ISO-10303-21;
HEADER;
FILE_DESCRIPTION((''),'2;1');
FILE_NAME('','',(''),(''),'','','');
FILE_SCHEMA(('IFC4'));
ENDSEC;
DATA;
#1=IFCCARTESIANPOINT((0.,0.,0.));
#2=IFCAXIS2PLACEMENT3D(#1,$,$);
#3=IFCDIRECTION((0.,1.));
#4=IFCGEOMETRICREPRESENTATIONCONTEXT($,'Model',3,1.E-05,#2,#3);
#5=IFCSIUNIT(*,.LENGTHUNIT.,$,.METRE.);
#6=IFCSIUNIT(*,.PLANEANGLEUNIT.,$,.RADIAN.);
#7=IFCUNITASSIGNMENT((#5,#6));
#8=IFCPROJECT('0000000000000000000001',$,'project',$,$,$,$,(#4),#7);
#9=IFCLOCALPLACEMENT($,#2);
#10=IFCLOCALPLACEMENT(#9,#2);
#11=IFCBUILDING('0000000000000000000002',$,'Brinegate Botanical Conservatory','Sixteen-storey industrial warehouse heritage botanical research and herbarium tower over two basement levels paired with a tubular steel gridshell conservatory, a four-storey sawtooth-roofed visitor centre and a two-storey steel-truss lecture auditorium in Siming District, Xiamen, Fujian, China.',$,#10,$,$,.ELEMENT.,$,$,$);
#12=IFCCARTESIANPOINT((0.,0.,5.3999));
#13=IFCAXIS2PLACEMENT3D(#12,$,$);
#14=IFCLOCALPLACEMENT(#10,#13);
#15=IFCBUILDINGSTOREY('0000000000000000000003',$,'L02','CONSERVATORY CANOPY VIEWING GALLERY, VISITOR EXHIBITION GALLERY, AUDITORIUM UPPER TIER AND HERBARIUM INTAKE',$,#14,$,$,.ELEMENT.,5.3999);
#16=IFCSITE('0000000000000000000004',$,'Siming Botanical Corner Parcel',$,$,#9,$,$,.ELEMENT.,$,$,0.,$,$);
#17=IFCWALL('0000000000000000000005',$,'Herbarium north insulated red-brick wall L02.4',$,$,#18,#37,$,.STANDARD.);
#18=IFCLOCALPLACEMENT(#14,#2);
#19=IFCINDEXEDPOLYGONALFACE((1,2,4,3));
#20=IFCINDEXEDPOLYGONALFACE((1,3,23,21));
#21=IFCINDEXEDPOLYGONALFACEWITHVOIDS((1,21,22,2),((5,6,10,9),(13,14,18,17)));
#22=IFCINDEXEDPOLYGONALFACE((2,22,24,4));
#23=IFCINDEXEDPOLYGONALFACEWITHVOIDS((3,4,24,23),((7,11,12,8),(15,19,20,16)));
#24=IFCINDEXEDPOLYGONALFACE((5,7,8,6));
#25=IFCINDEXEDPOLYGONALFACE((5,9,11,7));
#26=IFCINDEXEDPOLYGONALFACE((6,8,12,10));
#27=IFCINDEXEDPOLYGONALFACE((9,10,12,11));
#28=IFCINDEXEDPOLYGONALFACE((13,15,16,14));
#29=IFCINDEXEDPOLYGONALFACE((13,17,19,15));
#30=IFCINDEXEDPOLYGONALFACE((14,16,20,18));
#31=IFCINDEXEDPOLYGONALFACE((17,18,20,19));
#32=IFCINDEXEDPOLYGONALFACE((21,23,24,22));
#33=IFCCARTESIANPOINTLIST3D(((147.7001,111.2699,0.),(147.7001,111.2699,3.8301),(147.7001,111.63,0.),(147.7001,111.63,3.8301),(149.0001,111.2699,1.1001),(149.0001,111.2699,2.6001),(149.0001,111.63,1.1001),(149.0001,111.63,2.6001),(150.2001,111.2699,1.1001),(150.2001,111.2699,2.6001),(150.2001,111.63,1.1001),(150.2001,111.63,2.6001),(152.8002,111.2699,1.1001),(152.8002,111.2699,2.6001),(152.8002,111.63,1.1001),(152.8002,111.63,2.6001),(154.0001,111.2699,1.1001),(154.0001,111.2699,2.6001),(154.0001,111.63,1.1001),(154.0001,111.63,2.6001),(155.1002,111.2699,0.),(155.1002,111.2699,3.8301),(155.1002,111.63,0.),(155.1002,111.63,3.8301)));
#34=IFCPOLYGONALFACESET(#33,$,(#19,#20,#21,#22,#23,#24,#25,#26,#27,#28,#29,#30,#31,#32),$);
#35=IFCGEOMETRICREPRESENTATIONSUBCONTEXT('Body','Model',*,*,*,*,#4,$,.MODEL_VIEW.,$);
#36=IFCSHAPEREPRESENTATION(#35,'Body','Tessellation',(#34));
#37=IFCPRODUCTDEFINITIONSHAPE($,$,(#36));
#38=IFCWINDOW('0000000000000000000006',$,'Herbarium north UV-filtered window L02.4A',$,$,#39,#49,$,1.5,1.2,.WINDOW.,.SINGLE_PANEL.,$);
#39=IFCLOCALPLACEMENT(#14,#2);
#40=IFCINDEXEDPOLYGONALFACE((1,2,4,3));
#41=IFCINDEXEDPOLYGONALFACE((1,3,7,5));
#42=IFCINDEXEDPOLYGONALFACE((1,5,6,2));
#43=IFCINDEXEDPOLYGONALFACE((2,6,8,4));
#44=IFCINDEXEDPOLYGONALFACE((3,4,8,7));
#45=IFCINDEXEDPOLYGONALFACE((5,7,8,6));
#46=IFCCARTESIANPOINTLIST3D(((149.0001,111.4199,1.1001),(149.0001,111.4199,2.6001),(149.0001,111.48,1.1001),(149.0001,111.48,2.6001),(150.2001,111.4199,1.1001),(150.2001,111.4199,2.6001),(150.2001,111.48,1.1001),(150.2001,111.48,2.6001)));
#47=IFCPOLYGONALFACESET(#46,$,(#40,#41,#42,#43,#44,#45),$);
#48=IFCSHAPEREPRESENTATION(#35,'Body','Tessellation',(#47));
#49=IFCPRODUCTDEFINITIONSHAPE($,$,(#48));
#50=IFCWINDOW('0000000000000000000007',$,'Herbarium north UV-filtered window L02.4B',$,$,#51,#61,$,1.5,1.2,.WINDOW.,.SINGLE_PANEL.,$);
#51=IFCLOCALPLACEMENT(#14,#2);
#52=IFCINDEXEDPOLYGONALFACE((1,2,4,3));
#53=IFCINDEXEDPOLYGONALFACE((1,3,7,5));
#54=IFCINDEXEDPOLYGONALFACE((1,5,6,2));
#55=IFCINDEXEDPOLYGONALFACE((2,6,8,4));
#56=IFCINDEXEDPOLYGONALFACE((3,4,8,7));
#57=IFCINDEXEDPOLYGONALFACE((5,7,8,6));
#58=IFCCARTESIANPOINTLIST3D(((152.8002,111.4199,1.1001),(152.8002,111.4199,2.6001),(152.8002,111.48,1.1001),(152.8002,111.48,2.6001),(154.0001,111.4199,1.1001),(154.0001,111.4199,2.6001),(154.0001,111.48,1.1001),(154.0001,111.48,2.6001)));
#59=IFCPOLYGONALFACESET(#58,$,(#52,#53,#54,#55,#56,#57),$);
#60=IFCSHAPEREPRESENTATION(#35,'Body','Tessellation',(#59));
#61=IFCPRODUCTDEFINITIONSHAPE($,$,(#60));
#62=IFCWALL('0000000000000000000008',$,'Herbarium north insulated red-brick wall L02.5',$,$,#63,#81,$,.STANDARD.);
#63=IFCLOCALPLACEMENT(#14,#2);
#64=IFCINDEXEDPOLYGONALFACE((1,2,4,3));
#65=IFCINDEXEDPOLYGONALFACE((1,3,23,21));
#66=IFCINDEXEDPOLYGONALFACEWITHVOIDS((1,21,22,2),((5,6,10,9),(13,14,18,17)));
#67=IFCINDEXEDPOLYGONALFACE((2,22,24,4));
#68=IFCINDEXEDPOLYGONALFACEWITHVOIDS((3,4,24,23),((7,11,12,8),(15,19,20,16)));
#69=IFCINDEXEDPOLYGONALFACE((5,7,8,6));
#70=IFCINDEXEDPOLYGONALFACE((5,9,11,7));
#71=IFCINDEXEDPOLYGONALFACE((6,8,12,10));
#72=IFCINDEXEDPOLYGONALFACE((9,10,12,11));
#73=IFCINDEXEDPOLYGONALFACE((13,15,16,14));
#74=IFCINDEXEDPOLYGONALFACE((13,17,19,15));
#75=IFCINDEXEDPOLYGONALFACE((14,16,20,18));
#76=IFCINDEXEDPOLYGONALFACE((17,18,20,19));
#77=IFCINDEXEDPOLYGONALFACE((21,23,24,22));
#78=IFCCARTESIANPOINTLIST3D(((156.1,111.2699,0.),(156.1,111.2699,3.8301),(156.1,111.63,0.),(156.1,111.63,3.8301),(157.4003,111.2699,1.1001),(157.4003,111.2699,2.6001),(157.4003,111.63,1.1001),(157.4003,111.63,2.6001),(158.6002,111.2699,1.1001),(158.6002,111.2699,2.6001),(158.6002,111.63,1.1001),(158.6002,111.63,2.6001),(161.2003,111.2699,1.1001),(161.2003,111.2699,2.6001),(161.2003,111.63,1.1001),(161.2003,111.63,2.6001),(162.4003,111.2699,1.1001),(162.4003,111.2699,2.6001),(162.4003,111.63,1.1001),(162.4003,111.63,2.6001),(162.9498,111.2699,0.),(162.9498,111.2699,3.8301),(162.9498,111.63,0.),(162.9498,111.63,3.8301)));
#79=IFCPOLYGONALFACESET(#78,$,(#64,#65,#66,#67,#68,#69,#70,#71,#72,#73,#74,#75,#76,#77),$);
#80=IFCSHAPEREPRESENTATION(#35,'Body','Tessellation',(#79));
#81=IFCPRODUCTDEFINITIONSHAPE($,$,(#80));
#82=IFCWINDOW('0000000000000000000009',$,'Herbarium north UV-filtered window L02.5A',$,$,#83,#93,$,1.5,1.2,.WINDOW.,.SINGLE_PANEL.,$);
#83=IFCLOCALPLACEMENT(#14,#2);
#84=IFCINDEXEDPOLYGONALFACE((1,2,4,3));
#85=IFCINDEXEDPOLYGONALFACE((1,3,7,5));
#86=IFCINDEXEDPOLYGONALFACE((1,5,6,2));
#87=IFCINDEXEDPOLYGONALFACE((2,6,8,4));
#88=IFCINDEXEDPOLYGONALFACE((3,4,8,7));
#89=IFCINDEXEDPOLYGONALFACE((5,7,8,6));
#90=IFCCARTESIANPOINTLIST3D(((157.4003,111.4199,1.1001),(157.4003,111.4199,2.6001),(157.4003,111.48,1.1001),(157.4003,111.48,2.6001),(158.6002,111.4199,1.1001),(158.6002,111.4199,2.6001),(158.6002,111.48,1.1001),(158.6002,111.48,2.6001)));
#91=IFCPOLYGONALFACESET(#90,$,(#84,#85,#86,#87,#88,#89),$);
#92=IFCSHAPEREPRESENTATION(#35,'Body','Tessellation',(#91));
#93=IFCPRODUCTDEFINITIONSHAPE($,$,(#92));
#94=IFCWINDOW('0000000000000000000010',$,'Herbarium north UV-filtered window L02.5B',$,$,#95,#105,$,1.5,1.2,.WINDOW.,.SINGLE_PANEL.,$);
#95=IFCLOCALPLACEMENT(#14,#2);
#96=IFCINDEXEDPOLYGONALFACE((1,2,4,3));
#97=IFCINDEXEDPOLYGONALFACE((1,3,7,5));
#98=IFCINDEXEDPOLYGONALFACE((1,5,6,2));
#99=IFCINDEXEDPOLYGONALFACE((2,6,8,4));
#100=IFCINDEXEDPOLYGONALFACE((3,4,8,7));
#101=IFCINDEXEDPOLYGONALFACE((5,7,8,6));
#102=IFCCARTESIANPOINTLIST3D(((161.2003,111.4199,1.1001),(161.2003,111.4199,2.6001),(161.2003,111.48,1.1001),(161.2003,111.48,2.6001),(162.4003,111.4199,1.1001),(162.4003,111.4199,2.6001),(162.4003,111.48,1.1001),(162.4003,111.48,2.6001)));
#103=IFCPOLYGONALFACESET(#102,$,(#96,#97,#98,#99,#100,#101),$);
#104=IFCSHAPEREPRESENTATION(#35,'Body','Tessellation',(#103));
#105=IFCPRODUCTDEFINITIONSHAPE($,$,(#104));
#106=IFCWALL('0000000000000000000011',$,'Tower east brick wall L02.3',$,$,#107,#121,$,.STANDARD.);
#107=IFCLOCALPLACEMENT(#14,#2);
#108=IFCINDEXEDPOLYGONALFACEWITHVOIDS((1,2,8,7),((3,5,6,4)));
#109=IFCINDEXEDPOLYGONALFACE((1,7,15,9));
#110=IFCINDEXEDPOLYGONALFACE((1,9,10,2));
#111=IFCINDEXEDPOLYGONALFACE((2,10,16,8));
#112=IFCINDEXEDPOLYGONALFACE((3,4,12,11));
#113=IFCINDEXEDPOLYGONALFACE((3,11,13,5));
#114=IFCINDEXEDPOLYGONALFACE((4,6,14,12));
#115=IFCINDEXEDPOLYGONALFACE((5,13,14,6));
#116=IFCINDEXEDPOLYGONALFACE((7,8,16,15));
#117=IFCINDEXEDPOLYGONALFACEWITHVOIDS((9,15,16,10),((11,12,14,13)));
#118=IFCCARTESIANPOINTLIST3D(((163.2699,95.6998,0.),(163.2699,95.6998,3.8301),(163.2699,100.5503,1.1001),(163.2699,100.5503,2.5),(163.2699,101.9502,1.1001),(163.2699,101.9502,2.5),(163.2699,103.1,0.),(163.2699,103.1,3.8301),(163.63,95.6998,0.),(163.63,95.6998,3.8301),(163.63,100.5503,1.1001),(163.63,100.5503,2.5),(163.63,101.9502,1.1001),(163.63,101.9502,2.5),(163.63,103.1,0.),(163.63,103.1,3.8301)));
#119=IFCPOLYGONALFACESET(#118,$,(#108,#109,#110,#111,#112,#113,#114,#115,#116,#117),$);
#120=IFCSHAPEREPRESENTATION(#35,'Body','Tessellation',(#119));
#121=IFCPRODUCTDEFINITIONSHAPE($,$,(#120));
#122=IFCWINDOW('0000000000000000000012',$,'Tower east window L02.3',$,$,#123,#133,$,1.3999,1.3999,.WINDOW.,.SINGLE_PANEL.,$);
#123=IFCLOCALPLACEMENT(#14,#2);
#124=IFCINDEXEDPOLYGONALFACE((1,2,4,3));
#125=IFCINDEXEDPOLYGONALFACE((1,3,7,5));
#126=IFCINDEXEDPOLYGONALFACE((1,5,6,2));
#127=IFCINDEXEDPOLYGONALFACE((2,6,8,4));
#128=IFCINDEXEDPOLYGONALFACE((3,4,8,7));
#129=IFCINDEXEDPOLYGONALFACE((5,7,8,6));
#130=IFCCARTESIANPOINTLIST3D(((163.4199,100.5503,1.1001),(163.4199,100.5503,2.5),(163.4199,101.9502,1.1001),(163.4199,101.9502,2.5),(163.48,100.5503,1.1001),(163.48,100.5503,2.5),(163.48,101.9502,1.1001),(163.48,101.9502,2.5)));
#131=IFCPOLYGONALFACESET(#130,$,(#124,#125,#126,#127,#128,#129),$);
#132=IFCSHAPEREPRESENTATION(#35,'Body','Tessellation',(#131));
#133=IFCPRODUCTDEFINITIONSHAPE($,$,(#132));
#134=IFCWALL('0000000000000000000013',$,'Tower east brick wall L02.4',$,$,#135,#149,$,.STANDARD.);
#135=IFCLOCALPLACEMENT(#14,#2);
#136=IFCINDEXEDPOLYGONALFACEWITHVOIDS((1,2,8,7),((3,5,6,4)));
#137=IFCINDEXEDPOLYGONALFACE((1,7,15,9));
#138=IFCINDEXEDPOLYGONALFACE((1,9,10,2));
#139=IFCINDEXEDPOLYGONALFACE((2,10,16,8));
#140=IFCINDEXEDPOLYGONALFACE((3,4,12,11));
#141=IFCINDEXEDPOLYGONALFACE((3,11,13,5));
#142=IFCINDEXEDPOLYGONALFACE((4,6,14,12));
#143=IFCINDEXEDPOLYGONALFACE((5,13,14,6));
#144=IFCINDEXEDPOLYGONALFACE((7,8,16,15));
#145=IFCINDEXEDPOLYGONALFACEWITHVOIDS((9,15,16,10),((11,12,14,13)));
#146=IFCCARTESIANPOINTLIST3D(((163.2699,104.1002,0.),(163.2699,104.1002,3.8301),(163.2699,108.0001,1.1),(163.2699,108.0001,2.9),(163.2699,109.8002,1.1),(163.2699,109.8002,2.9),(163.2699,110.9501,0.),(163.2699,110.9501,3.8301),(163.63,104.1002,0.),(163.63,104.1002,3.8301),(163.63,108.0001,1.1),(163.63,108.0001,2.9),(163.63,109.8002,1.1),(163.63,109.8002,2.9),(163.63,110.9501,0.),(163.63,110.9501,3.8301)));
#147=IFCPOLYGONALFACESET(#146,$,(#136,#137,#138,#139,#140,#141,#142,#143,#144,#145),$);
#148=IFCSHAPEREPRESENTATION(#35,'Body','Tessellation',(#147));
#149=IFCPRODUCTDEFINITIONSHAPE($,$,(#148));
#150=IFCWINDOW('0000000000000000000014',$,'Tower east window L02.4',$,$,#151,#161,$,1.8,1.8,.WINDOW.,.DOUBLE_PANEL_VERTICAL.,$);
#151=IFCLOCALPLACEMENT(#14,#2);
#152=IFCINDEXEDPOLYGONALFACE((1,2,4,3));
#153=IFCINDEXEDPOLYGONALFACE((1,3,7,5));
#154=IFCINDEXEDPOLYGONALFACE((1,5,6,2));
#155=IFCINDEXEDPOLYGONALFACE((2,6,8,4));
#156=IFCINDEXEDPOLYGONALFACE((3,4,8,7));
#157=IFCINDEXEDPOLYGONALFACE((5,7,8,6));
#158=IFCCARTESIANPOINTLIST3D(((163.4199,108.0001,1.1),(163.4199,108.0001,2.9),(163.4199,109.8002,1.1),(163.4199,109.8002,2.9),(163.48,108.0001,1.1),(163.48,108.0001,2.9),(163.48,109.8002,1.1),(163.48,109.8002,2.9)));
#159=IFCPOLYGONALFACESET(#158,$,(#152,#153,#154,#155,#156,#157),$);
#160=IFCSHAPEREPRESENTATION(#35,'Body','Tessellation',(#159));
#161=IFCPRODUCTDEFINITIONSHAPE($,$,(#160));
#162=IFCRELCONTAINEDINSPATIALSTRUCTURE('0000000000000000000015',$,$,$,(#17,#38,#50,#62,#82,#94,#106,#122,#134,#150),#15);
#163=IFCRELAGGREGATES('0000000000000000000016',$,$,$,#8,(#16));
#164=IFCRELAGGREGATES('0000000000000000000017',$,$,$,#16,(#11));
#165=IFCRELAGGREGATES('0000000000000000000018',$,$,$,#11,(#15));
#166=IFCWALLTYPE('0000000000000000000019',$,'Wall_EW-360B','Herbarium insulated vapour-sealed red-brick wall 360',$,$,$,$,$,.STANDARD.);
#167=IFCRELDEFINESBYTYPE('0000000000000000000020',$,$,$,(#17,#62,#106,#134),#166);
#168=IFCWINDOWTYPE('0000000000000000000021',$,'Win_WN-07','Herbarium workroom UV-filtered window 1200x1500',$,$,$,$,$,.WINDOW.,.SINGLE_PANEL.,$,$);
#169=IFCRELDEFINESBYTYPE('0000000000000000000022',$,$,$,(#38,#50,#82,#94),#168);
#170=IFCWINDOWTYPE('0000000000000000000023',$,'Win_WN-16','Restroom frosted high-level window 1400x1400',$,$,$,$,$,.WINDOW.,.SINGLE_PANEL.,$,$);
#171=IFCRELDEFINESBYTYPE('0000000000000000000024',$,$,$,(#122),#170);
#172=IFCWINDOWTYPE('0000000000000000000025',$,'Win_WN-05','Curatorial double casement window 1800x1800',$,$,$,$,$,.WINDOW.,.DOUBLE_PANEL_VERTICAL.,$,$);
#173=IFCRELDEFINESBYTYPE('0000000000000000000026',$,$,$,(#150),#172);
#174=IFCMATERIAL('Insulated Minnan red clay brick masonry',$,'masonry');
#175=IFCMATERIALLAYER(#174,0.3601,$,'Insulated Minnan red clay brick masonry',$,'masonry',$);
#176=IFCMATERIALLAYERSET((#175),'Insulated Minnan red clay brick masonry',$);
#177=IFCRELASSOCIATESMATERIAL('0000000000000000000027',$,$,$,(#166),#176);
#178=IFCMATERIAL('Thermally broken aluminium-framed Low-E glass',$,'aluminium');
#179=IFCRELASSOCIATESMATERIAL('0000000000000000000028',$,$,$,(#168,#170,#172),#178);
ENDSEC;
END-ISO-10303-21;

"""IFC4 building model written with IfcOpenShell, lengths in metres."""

from ifc_helpers import new_model, si_unit, direction, frame, frame_2d, origin, place, context, subcontext, project, spatial, rectangle, extrude, material, layer, layer_set, type_object, element, fill, save


model = new_model("IFC4")

# Units and contexts
model_context = context("Model", 3, precision=1e-05, world=origin(), true_north=direction((0.0, 1.0)))
body_context = subcontext(model_context, "Body", "Model", "MODEL_VIEW")
ifc_project = project(units=[si_unit("LENGTHUNIT", "METRE"), si_unit("PLANEANGLEUNIT", "RADIAN")], contexts=[model_context])

# Site, building, storey
site_placement = place(None, origin())
site = spatial("IfcSite", under=ifc_project, at=site_placement, Name="Siming Botanical Corner Parcel", CompositionType="ELEMENT", RefElevation=0.0)
building_placement = place(site_placement, origin())
building = spatial("IfcBuilding", under=site, at=building_placement, Name="Brinegate Botanical Conservatory", Description="Sixteen-storey industrial warehouse heritage botanical research and herbarium tower over two basement levels paired with a tubular steel gridshell conservatory, a four-storey sawtooth-roofed visitor centre and a two-storey steel-truss lecture auditorium in Siming District, Xiamen, Fujian, China.", CompositionType="ELEMENT")
storey_placement = place(building_placement, frame((0.0, 0.0, 5.3999)))
storey = spatial("IfcBuildingStorey", under=building, at=storey_placement, Name="L02", Description="CONSERVATORY CANOPY VIEWING GALLERY, VISITOR EXHIBITION GALLERY, AUDITORIUM UPPER TIER AND HERBARIUM INTAKE", CompositionType="ELEMENT", Elevation=5.3999)

# Walls, openings, windows
ifc_material_1 = material(Name="Insulated Minnan red clay brick masonry", Category="masonry")
ifc_layer_1 = layer(ifc_material_1, 0.3601, Name="Insulated Minnan red clay brick masonry", Category="masonry")
ifc_layer_set_1 = layer_set([ifc_layer_1], Name="Insulated Minnan red clay brick masonry")
wall_type_1 = type_object("IfcWallType", Name="Wall_EW-360B", Description="Herbarium insulated vapour-sealed red-brick wall 360", PredefinedType="STANDARD", material=ifc_layer_set_1)
wall_1_placement = place(storey_placement, frame((147.7, 111.45, 0.0), z_axis=(0.0, 0.0, 1.0), x_axis=(1.0, 0.0, 0.0)))
wall_1 = element("IfcWall", 1, at=wall_1_placement, inside=storey, type_object=wall_type_1, Name="Herbarium north insulated red-brick wall L02.4", PredefinedType="STANDARD", context=body_context, shape_type="SweptSolid", body=[
    extrude(rectangle(XDim=7.4001, YDim=0.3601, at=frame_2d((3.7002, 0.0))), origin(), (0.0, 0.0, 1.0), 3.8301),
])
opening_1_placement = place(wall_1_placement, frame((1.3, 0.0, 1.1001)))
opening_1 = element("IfcOpeningElement", 2, at=opening_1_placement, cuts=wall_1, PredefinedType="OPENING", context=body_context, shape_type="SweptSolid", body=[
    extrude(rectangle(XDim=1.2, YDim=1.5, at=frame_2d((0.6001, 0.75))), frame((0.0, 0.1899, 0.0), z_axis=(0.0, -1.0, 0.0), x_axis=(1.0, 0.0, 0.0)), (0.0, 0.0, 1.0), 0.3801),
])
opening_2_placement = place(wall_1_placement, frame((5.1001, 0.0, 1.1001)))
opening_2 = element("IfcOpeningElement", 3, at=opening_2_placement, cuts=wall_1, PredefinedType="OPENING", context=body_context, shape_type="SweptSolid", body=[
    extrude(rectangle(XDim=1.2, YDim=1.5, at=frame_2d((0.6001, 0.75))), frame((0.0, 0.1899, 0.0), z_axis=(0.0, -1.0, 0.0), x_axis=(1.0, 0.0, 0.0)), (0.0, 0.0, 1.0), 0.3801),
])
ifc_material_2 = material(Name="Thermally broken aluminium-framed Low-E glass", Category="aluminium")
window_type_1 = type_object("IfcWindowType", Name="Win_WN-07", Description="Herbarium workroom UV-filtered window 1200x1500", PartitioningType="SINGLE_PANEL", PredefinedType="WINDOW", material=ifc_material_2)
window_1_placement = place(opening_1_placement, origin())
window_1 = element("IfcWindow", 4, at=window_1_placement, inside=storey, type_object=window_type_1, Name="Herbarium north UV-filtered window L02.4A", OverallHeight=1.5, OverallWidth=1.2, PartitioningType="SINGLE_PANEL", PredefinedType="WINDOW", context=body_context, shape_type="SweptSolid", body=[
    extrude(rectangle(XDim=1.2, YDim=1.5, at=frame_2d((0.6001, 0.75))), frame((0.0, 0.03, 0.0), z_axis=(0.0, -1.0, 0.0), x_axis=(1.0, 0.0, 0.0)), (0.0, 0.0, 1.0), 0.0601),
])
fill(opening_1, window_1)
window_2_placement = place(opening_2_placement, origin())
window_2 = element("IfcWindow", 5, at=window_2_placement, inside=storey, type_object=window_type_1, Name="Herbarium north UV-filtered window L02.4B", OverallHeight=1.5, OverallWidth=1.2, PartitioningType="SINGLE_PANEL", PredefinedType="WINDOW", context=body_context, shape_type="SweptSolid", body=[
    extrude(rectangle(XDim=1.2, YDim=1.5, at=frame_2d((0.6001, 0.75))), frame((0.0, 0.03, 0.0), z_axis=(0.0, -1.0, 0.0), x_axis=(1.0, 0.0, 0.0)), (0.0, 0.0, 1.0), 0.0601),
])
fill(opening_2, window_2)
wall_2_placement = place(storey_placement, frame((156.1001, 111.45, 0.0), z_axis=(0.0, 0.0, 1.0), x_axis=(1.0, 0.0, 0.0)))
wall_2 = element("IfcWall", 6, at=wall_2_placement, inside=storey, type_object=wall_type_1, Name="Herbarium north insulated red-brick wall L02.5", PredefinedType="STANDARD", context=body_context, shape_type="SweptSolid", body=[
    extrude(rectangle(XDim=6.8499, YDim=0.3601, at=frame_2d((3.4248, 0.0))), origin(), (0.0, 0.0, 1.0), 3.8301),
])
opening_3_placement = place(wall_2_placement, frame((1.3, 0.0, 1.1001)))
opening_3 = element("IfcOpeningElement", 7, at=opening_3_placement, cuts=wall_2, PredefinedType="OPENING", context=body_context, shape_type="SweptSolid", body=[
    extrude(rectangle(XDim=1.2, YDim=1.5, at=frame_2d((0.6001, 0.75))), frame((0.0, 0.1899, 0.0), z_axis=(0.0, -1.0, 0.0), x_axis=(1.0, 0.0, 0.0)), (0.0, 0.0, 1.0), 0.3801),
])
opening_4_placement = place(wall_2_placement, frame((5.1001, 0.0, 1.1001)))
opening_4 = element("IfcOpeningElement", 8, at=opening_4_placement, cuts=wall_2, PredefinedType="OPENING", context=body_context, shape_type="SweptSolid", body=[
    extrude(rectangle(XDim=1.2, YDim=1.5, at=frame_2d((0.6001, 0.75))), frame((0.0, 0.1899, 0.0), z_axis=(0.0, -1.0, 0.0), x_axis=(1.0, 0.0, 0.0)), (0.0, 0.0, 1.0), 0.3801),
])
window_3_placement = place(opening_3_placement, origin())
window_3 = element("IfcWindow", 9, at=window_3_placement, inside=storey, type_object=window_type_1, Name="Herbarium north UV-filtered window L02.5A", OverallHeight=1.5, OverallWidth=1.2, PartitioningType="SINGLE_PANEL", PredefinedType="WINDOW", context=body_context, shape_type="SweptSolid", body=[
    extrude(rectangle(XDim=1.2, YDim=1.5, at=frame_2d((0.6001, 0.75))), frame((0.0, 0.03, 0.0), z_axis=(0.0, -1.0, 0.0), x_axis=(1.0, 0.0, 0.0)), (0.0, 0.0, 1.0), 0.0601),
])
fill(opening_3, window_3)
window_4_placement = place(opening_4_placement, origin())
window_4 = element("IfcWindow", 10, at=window_4_placement, inside=storey, type_object=window_type_1, Name="Herbarium north UV-filtered window L02.5B", OverallHeight=1.5, OverallWidth=1.2, PartitioningType="SINGLE_PANEL", PredefinedType="WINDOW", context=body_context, shape_type="SweptSolid", body=[
    extrude(rectangle(XDim=1.2, YDim=1.5, at=frame_2d((0.6001, 0.75))), frame((0.0, 0.03, 0.0), z_axis=(0.0, -1.0, 0.0), x_axis=(1.0, 0.0, 0.0)), (0.0, 0.0, 1.0), 0.0601),
])
fill(opening_4, window_4)

# Walls, openings, windows
wall_3_placement = place(storey_placement, frame((163.45, 103.1001, 0.0), z_axis=(0.0, 0.0, 1.0), x_axis=(0.0, -1.0, 0.0)))
wall_3 = element("IfcWall", 11, at=wall_3_placement, inside=storey, type_object=wall_type_1, Name="Tower east brick wall L02.3", PredefinedType="STANDARD", context=body_context, shape_type="SweptSolid", body=[
    extrude(rectangle(XDim=7.4001, YDim=0.3601, at=frame_2d((3.7002, 0.0))), origin(), (0.0, 0.0, 1.0), 3.8301),
])
opening_5_placement = place(wall_3_placement, frame((1.1499, 0.0, 1.1001)))
opening_5 = element("IfcOpeningElement", 12, at=opening_5_placement, cuts=wall_3, PredefinedType="OPENING", context=body_context, shape_type="SweptSolid", body=[
    extrude(rectangle(XDim=1.3999, YDim=1.3999, at=frame_2d((0.7, 0.7))), frame((0.0, 0.1899, 0.0), z_axis=(0.0, -1.0, 0.0), x_axis=(1.0, 0.0, 0.0)), (0.0, 0.0, 1.0), 0.3801),
])
window_type_2 = type_object("IfcWindowType", Name="Win_WN-16", Description="Restroom frosted high-level window 1400x1400", PartitioningType="SINGLE_PANEL", PredefinedType="WINDOW", material=ifc_material_2)
window_5_placement = place(opening_5_placement, origin())
window_5 = element("IfcWindow", 13, at=window_5_placement, inside=storey, type_object=window_type_2, Name="Tower east window L02.3", OverallHeight=1.3999, OverallWidth=1.3999, PartitioningType="SINGLE_PANEL", PredefinedType="WINDOW", context=body_context, shape_type="SweptSolid", body=[
    extrude(rectangle(XDim=1.3999, YDim=1.3999, at=frame_2d((0.7, 0.7))), frame((0.0, 0.03, 0.0), z_axis=(0.0, -1.0, 0.0), x_axis=(1.0, 0.0, 0.0)), (0.0, 0.0, 1.0), 0.0601),
])
fill(opening_5, window_5)
wall_4_placement = place(storey_placement, frame((163.45, 110.95, 0.0), z_axis=(0.0, 0.0, 1.0), x_axis=(0.0, -1.0, 0.0)))
wall_4 = element("IfcWall", 14, at=wall_4_placement, inside=storey, type_object=wall_type_1, Name="Tower east brick wall L02.4", PredefinedType="STANDARD", context=body_context, shape_type="SweptSolid", body=[
    extrude(rectangle(XDim=6.8499, YDim=0.3601, at=frame_2d((3.4248, 0.0))), origin(), (0.0, 0.0, 1.0), 3.8301),
])
opening_6_placement = place(wall_4_placement, frame((1.1499, 0.0, 1.1001)))
opening_6 = element("IfcOpeningElement", 15, at=opening_6_placement, cuts=wall_4, PredefinedType="OPENING", context=body_context, shape_type="SweptSolid", body=[
    extrude(rectangle(XDim=1.8, YDim=1.8, at=frame_2d((0.8999, 0.8999))), frame((0.0, 0.1899, 0.0), z_axis=(0.0, -1.0, 0.0), x_axis=(1.0, 0.0, 0.0)), (0.0, 0.0, 1.0), 0.3801),
])
window_type_3 = type_object("IfcWindowType", Name="Win_WN-05", Description="Curatorial double casement window 1800x1800", PartitioningType="DOUBLE_PANEL_VERTICAL", PredefinedType="WINDOW", material=ifc_material_2)
window_6_placement = place(opening_6_placement, origin())
window_6 = element("IfcWindow", 16, at=window_6_placement, inside=storey, type_object=window_type_3, Name="Tower east window L02.4", OverallHeight=1.8, OverallWidth=1.8, PartitioningType="DOUBLE_PANEL_VERTICAL", PredefinedType="WINDOW", context=body_context, shape_type="SweptSolid", body=[
    extrude(rectangle(XDim=1.8, YDim=1.8, at=frame_2d((0.8999, 0.8999))), frame((0.0, 0.03, 0.0), z_axis=(0.0, -1.0, 0.0), x_axis=(1.0, 0.0, 0.0)), (0.0, 0.0, 1.0), 0.0601),
])
fill(opening_6, window_6)

save(model, "model.ifc")
